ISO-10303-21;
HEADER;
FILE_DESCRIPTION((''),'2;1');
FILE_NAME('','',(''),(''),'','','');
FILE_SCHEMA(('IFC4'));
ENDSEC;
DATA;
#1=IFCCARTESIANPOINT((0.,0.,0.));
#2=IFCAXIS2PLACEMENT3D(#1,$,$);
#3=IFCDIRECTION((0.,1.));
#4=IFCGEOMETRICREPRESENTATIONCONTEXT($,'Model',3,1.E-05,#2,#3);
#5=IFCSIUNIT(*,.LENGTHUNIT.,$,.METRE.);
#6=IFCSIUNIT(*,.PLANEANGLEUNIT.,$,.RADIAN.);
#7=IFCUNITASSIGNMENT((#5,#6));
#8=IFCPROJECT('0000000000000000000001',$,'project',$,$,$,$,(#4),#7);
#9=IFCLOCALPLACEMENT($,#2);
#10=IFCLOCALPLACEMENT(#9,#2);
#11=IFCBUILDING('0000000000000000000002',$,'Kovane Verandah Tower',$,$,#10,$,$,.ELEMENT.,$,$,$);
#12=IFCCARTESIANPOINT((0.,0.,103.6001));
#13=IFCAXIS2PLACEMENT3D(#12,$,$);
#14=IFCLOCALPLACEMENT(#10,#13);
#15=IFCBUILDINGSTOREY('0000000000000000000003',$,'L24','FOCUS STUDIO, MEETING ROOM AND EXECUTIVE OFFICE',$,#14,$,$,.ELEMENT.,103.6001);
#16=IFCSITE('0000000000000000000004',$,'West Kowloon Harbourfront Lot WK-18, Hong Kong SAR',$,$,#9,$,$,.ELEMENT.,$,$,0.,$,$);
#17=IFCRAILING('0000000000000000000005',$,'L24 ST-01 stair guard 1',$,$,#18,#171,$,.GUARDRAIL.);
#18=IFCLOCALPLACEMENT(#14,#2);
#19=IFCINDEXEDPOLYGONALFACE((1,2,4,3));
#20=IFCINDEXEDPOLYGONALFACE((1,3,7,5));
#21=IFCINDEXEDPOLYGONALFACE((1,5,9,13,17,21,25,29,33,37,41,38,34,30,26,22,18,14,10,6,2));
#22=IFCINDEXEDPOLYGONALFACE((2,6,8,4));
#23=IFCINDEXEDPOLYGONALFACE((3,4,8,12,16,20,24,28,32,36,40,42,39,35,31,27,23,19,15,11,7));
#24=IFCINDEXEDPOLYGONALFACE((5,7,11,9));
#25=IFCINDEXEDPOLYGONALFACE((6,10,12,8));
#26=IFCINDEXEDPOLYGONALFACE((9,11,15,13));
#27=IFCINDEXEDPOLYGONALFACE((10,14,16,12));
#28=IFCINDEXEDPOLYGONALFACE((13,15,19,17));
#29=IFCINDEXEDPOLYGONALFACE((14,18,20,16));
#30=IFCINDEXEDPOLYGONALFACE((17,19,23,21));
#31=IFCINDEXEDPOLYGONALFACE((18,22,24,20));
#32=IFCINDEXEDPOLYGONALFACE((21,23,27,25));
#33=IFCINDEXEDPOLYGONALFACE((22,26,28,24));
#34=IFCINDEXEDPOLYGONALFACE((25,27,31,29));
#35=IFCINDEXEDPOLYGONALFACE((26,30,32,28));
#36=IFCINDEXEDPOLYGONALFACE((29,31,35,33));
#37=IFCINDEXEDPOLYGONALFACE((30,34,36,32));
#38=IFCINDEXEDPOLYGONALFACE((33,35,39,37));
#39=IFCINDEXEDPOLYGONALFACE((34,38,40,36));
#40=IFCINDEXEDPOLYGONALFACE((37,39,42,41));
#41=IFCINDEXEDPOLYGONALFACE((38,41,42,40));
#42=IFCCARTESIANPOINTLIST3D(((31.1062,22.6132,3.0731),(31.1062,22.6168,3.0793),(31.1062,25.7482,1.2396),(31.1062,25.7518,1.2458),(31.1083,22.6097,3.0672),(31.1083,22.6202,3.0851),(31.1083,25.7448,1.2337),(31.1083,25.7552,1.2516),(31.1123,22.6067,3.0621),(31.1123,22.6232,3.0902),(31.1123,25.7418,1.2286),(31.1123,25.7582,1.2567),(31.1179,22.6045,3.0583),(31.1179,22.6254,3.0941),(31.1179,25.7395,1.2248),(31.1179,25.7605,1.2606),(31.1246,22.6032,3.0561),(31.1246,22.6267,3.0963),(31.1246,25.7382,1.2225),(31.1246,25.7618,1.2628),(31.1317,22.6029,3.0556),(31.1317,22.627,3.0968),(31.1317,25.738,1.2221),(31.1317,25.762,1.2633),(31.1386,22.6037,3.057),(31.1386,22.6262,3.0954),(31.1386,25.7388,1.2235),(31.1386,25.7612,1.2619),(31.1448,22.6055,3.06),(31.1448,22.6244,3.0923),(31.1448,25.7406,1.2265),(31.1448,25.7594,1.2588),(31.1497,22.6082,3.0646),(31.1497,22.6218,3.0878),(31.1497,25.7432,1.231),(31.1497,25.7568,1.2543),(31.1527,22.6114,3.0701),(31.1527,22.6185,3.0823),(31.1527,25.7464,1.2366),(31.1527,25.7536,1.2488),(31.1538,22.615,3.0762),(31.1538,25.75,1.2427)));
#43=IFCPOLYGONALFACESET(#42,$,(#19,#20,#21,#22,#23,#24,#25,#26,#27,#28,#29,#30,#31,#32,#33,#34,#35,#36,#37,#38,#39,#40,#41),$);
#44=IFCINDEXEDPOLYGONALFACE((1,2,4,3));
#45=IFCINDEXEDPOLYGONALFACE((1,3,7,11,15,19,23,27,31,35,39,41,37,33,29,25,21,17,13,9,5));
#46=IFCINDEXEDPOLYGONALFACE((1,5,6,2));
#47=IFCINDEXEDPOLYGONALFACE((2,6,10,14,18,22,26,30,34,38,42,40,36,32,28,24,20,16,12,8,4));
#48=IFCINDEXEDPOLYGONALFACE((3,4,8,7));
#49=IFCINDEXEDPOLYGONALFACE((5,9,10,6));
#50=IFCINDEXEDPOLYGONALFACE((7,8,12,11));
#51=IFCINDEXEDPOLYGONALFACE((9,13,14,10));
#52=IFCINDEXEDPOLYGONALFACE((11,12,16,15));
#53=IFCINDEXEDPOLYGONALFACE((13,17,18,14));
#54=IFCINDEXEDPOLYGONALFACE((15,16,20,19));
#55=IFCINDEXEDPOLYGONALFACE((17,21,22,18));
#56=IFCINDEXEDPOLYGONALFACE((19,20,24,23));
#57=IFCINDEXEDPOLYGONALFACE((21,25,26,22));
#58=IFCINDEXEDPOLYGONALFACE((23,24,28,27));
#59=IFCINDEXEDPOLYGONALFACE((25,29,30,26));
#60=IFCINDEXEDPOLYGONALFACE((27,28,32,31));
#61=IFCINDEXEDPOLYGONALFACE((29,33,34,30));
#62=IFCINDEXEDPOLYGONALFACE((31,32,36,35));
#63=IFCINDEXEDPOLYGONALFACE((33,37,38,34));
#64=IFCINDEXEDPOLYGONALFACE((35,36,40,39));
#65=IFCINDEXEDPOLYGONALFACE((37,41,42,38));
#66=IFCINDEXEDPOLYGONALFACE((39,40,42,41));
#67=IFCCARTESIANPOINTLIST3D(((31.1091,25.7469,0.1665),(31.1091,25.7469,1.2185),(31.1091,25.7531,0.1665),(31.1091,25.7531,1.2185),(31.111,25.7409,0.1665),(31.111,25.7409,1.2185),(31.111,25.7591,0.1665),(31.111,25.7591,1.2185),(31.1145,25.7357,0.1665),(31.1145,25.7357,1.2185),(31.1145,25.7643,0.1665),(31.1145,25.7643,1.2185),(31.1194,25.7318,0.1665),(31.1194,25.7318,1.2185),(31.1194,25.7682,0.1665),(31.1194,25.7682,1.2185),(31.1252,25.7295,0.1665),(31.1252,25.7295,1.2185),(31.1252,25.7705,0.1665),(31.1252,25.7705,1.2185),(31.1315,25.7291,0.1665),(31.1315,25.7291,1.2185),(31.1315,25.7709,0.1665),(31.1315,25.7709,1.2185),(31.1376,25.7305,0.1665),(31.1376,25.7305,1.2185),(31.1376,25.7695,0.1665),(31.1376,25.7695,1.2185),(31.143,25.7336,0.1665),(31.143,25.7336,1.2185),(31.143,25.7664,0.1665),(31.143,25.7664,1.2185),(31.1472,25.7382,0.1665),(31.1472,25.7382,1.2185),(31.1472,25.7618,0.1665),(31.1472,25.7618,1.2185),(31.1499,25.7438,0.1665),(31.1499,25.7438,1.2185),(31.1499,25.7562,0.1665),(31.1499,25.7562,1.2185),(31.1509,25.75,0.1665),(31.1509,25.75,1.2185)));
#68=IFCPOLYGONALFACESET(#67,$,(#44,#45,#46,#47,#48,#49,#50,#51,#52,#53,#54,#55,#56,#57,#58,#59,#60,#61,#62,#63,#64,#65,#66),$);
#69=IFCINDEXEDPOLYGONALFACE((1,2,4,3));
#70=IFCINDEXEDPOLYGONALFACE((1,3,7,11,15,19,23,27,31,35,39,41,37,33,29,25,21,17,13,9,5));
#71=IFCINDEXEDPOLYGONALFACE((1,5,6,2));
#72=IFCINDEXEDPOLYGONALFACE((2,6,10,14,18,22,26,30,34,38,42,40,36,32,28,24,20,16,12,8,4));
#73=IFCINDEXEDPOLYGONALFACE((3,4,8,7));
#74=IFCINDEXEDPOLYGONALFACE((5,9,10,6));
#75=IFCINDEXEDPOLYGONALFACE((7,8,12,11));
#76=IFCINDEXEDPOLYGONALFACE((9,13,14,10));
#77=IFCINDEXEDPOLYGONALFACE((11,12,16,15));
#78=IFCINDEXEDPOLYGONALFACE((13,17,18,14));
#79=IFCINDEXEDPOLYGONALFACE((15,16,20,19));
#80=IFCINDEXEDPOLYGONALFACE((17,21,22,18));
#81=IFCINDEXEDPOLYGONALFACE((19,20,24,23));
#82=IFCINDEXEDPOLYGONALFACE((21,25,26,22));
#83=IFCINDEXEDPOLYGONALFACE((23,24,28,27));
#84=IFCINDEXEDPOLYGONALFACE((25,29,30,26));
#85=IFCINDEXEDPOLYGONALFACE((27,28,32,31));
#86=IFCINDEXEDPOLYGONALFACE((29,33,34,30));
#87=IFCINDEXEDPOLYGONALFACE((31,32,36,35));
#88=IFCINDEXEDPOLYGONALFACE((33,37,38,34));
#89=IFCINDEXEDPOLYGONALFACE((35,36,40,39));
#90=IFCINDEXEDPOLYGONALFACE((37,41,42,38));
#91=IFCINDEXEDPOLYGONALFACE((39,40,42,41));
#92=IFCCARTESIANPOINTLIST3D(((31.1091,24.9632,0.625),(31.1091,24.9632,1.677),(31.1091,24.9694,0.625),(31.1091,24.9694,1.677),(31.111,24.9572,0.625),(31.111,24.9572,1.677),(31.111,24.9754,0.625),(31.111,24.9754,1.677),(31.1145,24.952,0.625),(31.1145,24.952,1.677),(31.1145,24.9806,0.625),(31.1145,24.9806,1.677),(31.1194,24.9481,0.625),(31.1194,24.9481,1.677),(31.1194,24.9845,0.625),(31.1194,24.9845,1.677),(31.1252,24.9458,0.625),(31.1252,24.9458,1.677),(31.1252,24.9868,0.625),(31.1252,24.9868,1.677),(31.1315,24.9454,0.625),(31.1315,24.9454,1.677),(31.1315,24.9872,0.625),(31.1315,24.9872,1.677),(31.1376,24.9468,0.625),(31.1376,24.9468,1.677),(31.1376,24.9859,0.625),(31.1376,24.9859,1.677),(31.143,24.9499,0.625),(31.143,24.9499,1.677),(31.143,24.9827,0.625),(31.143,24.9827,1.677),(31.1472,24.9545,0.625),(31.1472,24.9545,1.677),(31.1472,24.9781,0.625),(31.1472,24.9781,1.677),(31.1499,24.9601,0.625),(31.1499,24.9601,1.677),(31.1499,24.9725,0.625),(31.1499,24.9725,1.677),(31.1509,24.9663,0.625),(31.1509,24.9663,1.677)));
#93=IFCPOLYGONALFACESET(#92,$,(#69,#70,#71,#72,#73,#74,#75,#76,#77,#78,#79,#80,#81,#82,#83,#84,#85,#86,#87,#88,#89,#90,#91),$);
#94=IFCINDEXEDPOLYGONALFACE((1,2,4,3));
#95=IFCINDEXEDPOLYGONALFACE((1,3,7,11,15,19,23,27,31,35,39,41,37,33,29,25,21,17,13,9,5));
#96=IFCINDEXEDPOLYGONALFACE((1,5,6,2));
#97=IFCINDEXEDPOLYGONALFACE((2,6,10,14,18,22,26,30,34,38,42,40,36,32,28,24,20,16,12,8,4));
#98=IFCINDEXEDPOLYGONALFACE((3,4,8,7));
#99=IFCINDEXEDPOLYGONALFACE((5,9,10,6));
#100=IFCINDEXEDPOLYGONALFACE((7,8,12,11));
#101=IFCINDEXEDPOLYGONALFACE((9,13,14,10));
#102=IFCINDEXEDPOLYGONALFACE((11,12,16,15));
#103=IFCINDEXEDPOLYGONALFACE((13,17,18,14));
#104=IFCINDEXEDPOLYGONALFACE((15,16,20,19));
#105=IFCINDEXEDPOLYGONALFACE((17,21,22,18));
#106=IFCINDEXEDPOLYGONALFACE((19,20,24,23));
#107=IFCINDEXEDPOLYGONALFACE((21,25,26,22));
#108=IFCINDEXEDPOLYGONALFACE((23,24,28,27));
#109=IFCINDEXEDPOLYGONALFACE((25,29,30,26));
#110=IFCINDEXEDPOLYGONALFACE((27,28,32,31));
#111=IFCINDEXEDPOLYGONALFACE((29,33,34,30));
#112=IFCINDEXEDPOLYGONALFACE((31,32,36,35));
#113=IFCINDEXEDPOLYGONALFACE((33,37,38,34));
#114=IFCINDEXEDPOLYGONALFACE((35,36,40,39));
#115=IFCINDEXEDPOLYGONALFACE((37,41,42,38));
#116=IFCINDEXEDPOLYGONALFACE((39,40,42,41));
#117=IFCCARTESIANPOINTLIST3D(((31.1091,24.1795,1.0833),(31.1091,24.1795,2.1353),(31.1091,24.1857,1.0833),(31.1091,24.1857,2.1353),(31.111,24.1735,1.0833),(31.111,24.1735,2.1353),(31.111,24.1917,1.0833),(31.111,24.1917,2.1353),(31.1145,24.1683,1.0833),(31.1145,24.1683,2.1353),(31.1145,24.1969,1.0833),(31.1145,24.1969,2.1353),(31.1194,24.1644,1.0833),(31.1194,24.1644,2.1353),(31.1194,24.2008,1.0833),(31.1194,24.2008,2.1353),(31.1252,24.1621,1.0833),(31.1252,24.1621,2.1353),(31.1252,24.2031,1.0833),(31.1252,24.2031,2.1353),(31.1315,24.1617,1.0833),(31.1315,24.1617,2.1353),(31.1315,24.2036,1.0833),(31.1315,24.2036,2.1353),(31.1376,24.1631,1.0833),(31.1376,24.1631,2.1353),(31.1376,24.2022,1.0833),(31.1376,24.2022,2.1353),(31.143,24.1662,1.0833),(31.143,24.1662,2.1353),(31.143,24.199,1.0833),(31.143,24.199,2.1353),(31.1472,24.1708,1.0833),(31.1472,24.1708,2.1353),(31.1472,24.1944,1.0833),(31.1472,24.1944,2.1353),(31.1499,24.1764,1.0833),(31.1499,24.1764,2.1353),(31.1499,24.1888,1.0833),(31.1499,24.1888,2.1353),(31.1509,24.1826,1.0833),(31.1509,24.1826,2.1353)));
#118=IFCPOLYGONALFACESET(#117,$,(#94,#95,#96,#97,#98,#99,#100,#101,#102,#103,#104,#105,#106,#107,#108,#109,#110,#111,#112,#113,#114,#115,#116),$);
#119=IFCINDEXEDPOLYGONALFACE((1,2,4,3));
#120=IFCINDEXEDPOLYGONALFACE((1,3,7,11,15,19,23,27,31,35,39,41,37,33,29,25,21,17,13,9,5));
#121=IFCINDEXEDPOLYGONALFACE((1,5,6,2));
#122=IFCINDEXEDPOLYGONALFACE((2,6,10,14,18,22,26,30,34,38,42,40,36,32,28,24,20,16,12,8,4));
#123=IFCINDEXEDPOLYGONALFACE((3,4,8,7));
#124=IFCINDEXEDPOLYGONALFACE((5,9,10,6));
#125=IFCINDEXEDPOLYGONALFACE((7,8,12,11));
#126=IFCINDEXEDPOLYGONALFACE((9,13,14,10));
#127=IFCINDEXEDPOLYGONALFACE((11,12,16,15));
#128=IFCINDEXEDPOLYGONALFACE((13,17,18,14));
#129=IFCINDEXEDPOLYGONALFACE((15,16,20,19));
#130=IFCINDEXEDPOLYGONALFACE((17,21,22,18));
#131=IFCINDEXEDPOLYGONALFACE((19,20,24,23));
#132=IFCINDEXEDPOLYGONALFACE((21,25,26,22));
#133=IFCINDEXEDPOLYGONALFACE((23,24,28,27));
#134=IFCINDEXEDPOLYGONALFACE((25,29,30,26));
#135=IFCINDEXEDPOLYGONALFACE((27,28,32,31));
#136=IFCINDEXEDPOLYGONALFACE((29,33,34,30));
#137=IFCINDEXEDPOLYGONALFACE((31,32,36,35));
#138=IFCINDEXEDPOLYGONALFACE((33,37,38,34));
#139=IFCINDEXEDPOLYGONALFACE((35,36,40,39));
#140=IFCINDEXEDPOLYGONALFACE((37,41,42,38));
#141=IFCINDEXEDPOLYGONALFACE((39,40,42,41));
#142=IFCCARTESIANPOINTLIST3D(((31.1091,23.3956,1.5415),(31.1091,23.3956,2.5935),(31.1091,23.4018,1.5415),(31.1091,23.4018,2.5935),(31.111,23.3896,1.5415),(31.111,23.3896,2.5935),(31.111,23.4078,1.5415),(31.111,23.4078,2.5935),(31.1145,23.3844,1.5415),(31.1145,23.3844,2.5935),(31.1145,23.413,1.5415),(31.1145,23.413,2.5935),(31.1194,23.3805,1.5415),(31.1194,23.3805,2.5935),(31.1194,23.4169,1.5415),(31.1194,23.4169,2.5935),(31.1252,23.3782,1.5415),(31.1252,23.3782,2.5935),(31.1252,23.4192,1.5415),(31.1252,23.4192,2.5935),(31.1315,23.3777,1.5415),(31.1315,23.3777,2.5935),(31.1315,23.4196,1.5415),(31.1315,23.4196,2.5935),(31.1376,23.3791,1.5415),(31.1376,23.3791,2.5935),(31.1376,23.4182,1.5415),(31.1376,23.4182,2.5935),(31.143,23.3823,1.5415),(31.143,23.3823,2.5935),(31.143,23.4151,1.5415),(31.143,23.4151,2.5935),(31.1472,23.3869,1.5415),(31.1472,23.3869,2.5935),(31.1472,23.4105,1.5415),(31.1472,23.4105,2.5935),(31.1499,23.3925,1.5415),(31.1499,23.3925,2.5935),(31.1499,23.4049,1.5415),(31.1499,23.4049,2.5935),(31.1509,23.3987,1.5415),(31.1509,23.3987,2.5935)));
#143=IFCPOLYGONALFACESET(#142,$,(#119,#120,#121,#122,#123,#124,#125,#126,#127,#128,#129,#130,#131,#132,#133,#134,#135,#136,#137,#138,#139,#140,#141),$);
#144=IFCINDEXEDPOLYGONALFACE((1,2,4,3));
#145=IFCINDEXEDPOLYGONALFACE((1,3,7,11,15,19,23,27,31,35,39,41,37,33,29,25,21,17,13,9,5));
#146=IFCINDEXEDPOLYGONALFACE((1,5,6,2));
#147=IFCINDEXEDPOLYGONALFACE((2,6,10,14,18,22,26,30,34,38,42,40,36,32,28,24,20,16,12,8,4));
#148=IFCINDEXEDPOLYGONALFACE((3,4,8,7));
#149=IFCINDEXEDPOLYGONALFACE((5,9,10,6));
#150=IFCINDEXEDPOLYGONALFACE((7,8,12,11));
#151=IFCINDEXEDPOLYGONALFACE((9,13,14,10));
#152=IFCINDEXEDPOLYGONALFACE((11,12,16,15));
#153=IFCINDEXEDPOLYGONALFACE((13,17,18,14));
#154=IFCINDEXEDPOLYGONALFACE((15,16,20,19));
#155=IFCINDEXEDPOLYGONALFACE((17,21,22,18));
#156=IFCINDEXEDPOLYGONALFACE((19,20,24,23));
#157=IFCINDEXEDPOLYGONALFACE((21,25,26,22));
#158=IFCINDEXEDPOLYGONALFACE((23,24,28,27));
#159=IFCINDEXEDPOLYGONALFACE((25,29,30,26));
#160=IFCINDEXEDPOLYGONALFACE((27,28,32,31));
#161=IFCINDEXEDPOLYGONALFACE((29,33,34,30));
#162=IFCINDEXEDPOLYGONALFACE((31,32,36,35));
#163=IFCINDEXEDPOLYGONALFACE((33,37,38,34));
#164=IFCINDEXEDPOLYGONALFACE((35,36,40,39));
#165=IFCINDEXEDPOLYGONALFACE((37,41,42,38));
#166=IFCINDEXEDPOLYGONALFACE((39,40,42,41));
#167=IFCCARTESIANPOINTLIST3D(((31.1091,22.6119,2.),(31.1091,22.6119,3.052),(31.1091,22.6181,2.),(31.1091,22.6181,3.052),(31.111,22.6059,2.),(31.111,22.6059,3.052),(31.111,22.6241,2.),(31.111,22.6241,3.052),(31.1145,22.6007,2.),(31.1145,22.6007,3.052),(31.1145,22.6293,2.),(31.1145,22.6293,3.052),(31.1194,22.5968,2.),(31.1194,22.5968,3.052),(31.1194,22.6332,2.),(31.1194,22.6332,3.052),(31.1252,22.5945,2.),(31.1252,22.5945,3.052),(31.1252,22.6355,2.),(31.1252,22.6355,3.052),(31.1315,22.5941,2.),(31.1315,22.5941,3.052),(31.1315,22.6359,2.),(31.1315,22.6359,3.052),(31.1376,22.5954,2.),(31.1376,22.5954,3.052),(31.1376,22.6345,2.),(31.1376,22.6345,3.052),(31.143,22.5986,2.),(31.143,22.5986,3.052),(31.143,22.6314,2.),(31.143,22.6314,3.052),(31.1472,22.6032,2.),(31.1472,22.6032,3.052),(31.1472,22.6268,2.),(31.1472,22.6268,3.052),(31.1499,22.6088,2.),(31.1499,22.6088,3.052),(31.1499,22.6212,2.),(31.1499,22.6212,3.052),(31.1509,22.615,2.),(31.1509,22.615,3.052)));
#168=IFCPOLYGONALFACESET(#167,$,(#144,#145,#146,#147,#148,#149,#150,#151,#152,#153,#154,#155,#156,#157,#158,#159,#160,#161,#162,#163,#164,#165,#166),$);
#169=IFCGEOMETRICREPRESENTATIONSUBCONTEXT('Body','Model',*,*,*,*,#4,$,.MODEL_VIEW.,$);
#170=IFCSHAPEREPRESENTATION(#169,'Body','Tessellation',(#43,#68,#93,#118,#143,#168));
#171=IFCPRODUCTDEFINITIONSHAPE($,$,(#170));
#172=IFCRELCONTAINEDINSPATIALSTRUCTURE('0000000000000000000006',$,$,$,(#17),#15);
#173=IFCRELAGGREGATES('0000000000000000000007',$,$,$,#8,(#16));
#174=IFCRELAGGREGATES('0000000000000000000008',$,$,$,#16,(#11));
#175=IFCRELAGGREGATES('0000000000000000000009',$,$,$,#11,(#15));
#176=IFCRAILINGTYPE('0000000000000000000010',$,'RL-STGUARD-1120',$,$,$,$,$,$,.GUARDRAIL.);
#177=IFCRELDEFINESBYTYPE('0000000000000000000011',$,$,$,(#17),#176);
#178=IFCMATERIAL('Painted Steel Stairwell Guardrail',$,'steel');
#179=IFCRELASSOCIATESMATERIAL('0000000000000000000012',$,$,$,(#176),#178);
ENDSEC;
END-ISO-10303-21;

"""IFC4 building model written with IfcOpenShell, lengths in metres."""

from ifc_helpers import new_model, si_unit, direction, frame, origin, origin_2d, place, context, subcontext, project, spatial, circle, extrude, material, type_object, element, save


model = new_model("IFC4")

# Units and contexts
model_context = context("Model", 3, precision=1e-05, world=origin(), true_north=direction((0.0, 1.0)))
body_context = subcontext(model_context, "Body", "Model", "MODEL_VIEW")
ifc_project = project(units=[si_unit("LENGTHUNIT", "METRE"), si_unit("PLANEANGLEUNIT", "RADIAN")], contexts=[model_context])

# Site, building, storey
site_placement = place(None, origin())
site = spatial("IfcSite", under=ifc_project, at=site_placement, Name="West Kowloon Harbourfront Lot WK-18, Hong Kong SAR", CompositionType="ELEMENT", RefElevation=0.0)
building_placement = place(site_placement, origin())
building = spatial("IfcBuilding", under=site, at=building_placement, Name="Kovane Verandah Tower", CompositionType="ELEMENT")
storey_placement = place(building_placement, frame((0.0, 0.0, 103.6001)))
storey = spatial("IfcBuildingStorey", under=building, at=storey_placement, Name="L24", Description="FOCUS STUDIO, MEETING ROOM AND EXECUTIVE OFFICE", CompositionType="ELEMENT", Elevation=103.6001)

# Railing
ifc_material_1 = material(Name="Painted Steel Stairwell Guardrail", Category="steel")
railing_type_1 = type_object("IfcRailingType", Name="RL-STGUARD-1120", PredefinedType="GUARDRAIL", material=ifc_material_1)
railing_1_placement = place(storey_placement, frame((31.1299, 25.75, 0.1665)))
element("IfcRailing", 1, at=railing_1_placement, inside=storey, type_object=railing_type_1, Name="L24 ST-01 stair guard 1", PredefinedType="GUARDRAIL", context=body_context, shape_type="SweptSolid", body=[
    extrude(circle(Radius=0.0239, at=origin_2d()), frame((0.0, 0.0, 1.0762), z_axis=(0.0, -0.86321, 0.504845), x_axis=(1.0, 0.0, 0.0)), (0.0, 0.0, 1.0), 3.6318),
    extrude(circle(Radius=0.021, at=origin_2d()), origin(), (0.0, 0.0, 1.0), 1.052),
    extrude(circle(Radius=0.021, at=origin_2d()), frame((0.0, -0.7837, 0.4585)), (0.0, 0.0, 1.0), 1.052),
    extrude(circle(Radius=0.021, at=origin_2d()), frame((0.0, -1.5674, 0.9167)), (0.0, 0.0, 1.0), 1.052),
    extrude(circle(Radius=0.021, at=origin_2d()), frame((0.0, -2.3513, 1.375)), (0.0, 0.0, 1.0), 1.052),
    extrude(circle(Radius=0.021, at=origin_2d()), frame((0.0, -3.135, 1.8335)), (0.0, 0.0, 1.0), 1.052),
])

save(model, "model.ifc")
